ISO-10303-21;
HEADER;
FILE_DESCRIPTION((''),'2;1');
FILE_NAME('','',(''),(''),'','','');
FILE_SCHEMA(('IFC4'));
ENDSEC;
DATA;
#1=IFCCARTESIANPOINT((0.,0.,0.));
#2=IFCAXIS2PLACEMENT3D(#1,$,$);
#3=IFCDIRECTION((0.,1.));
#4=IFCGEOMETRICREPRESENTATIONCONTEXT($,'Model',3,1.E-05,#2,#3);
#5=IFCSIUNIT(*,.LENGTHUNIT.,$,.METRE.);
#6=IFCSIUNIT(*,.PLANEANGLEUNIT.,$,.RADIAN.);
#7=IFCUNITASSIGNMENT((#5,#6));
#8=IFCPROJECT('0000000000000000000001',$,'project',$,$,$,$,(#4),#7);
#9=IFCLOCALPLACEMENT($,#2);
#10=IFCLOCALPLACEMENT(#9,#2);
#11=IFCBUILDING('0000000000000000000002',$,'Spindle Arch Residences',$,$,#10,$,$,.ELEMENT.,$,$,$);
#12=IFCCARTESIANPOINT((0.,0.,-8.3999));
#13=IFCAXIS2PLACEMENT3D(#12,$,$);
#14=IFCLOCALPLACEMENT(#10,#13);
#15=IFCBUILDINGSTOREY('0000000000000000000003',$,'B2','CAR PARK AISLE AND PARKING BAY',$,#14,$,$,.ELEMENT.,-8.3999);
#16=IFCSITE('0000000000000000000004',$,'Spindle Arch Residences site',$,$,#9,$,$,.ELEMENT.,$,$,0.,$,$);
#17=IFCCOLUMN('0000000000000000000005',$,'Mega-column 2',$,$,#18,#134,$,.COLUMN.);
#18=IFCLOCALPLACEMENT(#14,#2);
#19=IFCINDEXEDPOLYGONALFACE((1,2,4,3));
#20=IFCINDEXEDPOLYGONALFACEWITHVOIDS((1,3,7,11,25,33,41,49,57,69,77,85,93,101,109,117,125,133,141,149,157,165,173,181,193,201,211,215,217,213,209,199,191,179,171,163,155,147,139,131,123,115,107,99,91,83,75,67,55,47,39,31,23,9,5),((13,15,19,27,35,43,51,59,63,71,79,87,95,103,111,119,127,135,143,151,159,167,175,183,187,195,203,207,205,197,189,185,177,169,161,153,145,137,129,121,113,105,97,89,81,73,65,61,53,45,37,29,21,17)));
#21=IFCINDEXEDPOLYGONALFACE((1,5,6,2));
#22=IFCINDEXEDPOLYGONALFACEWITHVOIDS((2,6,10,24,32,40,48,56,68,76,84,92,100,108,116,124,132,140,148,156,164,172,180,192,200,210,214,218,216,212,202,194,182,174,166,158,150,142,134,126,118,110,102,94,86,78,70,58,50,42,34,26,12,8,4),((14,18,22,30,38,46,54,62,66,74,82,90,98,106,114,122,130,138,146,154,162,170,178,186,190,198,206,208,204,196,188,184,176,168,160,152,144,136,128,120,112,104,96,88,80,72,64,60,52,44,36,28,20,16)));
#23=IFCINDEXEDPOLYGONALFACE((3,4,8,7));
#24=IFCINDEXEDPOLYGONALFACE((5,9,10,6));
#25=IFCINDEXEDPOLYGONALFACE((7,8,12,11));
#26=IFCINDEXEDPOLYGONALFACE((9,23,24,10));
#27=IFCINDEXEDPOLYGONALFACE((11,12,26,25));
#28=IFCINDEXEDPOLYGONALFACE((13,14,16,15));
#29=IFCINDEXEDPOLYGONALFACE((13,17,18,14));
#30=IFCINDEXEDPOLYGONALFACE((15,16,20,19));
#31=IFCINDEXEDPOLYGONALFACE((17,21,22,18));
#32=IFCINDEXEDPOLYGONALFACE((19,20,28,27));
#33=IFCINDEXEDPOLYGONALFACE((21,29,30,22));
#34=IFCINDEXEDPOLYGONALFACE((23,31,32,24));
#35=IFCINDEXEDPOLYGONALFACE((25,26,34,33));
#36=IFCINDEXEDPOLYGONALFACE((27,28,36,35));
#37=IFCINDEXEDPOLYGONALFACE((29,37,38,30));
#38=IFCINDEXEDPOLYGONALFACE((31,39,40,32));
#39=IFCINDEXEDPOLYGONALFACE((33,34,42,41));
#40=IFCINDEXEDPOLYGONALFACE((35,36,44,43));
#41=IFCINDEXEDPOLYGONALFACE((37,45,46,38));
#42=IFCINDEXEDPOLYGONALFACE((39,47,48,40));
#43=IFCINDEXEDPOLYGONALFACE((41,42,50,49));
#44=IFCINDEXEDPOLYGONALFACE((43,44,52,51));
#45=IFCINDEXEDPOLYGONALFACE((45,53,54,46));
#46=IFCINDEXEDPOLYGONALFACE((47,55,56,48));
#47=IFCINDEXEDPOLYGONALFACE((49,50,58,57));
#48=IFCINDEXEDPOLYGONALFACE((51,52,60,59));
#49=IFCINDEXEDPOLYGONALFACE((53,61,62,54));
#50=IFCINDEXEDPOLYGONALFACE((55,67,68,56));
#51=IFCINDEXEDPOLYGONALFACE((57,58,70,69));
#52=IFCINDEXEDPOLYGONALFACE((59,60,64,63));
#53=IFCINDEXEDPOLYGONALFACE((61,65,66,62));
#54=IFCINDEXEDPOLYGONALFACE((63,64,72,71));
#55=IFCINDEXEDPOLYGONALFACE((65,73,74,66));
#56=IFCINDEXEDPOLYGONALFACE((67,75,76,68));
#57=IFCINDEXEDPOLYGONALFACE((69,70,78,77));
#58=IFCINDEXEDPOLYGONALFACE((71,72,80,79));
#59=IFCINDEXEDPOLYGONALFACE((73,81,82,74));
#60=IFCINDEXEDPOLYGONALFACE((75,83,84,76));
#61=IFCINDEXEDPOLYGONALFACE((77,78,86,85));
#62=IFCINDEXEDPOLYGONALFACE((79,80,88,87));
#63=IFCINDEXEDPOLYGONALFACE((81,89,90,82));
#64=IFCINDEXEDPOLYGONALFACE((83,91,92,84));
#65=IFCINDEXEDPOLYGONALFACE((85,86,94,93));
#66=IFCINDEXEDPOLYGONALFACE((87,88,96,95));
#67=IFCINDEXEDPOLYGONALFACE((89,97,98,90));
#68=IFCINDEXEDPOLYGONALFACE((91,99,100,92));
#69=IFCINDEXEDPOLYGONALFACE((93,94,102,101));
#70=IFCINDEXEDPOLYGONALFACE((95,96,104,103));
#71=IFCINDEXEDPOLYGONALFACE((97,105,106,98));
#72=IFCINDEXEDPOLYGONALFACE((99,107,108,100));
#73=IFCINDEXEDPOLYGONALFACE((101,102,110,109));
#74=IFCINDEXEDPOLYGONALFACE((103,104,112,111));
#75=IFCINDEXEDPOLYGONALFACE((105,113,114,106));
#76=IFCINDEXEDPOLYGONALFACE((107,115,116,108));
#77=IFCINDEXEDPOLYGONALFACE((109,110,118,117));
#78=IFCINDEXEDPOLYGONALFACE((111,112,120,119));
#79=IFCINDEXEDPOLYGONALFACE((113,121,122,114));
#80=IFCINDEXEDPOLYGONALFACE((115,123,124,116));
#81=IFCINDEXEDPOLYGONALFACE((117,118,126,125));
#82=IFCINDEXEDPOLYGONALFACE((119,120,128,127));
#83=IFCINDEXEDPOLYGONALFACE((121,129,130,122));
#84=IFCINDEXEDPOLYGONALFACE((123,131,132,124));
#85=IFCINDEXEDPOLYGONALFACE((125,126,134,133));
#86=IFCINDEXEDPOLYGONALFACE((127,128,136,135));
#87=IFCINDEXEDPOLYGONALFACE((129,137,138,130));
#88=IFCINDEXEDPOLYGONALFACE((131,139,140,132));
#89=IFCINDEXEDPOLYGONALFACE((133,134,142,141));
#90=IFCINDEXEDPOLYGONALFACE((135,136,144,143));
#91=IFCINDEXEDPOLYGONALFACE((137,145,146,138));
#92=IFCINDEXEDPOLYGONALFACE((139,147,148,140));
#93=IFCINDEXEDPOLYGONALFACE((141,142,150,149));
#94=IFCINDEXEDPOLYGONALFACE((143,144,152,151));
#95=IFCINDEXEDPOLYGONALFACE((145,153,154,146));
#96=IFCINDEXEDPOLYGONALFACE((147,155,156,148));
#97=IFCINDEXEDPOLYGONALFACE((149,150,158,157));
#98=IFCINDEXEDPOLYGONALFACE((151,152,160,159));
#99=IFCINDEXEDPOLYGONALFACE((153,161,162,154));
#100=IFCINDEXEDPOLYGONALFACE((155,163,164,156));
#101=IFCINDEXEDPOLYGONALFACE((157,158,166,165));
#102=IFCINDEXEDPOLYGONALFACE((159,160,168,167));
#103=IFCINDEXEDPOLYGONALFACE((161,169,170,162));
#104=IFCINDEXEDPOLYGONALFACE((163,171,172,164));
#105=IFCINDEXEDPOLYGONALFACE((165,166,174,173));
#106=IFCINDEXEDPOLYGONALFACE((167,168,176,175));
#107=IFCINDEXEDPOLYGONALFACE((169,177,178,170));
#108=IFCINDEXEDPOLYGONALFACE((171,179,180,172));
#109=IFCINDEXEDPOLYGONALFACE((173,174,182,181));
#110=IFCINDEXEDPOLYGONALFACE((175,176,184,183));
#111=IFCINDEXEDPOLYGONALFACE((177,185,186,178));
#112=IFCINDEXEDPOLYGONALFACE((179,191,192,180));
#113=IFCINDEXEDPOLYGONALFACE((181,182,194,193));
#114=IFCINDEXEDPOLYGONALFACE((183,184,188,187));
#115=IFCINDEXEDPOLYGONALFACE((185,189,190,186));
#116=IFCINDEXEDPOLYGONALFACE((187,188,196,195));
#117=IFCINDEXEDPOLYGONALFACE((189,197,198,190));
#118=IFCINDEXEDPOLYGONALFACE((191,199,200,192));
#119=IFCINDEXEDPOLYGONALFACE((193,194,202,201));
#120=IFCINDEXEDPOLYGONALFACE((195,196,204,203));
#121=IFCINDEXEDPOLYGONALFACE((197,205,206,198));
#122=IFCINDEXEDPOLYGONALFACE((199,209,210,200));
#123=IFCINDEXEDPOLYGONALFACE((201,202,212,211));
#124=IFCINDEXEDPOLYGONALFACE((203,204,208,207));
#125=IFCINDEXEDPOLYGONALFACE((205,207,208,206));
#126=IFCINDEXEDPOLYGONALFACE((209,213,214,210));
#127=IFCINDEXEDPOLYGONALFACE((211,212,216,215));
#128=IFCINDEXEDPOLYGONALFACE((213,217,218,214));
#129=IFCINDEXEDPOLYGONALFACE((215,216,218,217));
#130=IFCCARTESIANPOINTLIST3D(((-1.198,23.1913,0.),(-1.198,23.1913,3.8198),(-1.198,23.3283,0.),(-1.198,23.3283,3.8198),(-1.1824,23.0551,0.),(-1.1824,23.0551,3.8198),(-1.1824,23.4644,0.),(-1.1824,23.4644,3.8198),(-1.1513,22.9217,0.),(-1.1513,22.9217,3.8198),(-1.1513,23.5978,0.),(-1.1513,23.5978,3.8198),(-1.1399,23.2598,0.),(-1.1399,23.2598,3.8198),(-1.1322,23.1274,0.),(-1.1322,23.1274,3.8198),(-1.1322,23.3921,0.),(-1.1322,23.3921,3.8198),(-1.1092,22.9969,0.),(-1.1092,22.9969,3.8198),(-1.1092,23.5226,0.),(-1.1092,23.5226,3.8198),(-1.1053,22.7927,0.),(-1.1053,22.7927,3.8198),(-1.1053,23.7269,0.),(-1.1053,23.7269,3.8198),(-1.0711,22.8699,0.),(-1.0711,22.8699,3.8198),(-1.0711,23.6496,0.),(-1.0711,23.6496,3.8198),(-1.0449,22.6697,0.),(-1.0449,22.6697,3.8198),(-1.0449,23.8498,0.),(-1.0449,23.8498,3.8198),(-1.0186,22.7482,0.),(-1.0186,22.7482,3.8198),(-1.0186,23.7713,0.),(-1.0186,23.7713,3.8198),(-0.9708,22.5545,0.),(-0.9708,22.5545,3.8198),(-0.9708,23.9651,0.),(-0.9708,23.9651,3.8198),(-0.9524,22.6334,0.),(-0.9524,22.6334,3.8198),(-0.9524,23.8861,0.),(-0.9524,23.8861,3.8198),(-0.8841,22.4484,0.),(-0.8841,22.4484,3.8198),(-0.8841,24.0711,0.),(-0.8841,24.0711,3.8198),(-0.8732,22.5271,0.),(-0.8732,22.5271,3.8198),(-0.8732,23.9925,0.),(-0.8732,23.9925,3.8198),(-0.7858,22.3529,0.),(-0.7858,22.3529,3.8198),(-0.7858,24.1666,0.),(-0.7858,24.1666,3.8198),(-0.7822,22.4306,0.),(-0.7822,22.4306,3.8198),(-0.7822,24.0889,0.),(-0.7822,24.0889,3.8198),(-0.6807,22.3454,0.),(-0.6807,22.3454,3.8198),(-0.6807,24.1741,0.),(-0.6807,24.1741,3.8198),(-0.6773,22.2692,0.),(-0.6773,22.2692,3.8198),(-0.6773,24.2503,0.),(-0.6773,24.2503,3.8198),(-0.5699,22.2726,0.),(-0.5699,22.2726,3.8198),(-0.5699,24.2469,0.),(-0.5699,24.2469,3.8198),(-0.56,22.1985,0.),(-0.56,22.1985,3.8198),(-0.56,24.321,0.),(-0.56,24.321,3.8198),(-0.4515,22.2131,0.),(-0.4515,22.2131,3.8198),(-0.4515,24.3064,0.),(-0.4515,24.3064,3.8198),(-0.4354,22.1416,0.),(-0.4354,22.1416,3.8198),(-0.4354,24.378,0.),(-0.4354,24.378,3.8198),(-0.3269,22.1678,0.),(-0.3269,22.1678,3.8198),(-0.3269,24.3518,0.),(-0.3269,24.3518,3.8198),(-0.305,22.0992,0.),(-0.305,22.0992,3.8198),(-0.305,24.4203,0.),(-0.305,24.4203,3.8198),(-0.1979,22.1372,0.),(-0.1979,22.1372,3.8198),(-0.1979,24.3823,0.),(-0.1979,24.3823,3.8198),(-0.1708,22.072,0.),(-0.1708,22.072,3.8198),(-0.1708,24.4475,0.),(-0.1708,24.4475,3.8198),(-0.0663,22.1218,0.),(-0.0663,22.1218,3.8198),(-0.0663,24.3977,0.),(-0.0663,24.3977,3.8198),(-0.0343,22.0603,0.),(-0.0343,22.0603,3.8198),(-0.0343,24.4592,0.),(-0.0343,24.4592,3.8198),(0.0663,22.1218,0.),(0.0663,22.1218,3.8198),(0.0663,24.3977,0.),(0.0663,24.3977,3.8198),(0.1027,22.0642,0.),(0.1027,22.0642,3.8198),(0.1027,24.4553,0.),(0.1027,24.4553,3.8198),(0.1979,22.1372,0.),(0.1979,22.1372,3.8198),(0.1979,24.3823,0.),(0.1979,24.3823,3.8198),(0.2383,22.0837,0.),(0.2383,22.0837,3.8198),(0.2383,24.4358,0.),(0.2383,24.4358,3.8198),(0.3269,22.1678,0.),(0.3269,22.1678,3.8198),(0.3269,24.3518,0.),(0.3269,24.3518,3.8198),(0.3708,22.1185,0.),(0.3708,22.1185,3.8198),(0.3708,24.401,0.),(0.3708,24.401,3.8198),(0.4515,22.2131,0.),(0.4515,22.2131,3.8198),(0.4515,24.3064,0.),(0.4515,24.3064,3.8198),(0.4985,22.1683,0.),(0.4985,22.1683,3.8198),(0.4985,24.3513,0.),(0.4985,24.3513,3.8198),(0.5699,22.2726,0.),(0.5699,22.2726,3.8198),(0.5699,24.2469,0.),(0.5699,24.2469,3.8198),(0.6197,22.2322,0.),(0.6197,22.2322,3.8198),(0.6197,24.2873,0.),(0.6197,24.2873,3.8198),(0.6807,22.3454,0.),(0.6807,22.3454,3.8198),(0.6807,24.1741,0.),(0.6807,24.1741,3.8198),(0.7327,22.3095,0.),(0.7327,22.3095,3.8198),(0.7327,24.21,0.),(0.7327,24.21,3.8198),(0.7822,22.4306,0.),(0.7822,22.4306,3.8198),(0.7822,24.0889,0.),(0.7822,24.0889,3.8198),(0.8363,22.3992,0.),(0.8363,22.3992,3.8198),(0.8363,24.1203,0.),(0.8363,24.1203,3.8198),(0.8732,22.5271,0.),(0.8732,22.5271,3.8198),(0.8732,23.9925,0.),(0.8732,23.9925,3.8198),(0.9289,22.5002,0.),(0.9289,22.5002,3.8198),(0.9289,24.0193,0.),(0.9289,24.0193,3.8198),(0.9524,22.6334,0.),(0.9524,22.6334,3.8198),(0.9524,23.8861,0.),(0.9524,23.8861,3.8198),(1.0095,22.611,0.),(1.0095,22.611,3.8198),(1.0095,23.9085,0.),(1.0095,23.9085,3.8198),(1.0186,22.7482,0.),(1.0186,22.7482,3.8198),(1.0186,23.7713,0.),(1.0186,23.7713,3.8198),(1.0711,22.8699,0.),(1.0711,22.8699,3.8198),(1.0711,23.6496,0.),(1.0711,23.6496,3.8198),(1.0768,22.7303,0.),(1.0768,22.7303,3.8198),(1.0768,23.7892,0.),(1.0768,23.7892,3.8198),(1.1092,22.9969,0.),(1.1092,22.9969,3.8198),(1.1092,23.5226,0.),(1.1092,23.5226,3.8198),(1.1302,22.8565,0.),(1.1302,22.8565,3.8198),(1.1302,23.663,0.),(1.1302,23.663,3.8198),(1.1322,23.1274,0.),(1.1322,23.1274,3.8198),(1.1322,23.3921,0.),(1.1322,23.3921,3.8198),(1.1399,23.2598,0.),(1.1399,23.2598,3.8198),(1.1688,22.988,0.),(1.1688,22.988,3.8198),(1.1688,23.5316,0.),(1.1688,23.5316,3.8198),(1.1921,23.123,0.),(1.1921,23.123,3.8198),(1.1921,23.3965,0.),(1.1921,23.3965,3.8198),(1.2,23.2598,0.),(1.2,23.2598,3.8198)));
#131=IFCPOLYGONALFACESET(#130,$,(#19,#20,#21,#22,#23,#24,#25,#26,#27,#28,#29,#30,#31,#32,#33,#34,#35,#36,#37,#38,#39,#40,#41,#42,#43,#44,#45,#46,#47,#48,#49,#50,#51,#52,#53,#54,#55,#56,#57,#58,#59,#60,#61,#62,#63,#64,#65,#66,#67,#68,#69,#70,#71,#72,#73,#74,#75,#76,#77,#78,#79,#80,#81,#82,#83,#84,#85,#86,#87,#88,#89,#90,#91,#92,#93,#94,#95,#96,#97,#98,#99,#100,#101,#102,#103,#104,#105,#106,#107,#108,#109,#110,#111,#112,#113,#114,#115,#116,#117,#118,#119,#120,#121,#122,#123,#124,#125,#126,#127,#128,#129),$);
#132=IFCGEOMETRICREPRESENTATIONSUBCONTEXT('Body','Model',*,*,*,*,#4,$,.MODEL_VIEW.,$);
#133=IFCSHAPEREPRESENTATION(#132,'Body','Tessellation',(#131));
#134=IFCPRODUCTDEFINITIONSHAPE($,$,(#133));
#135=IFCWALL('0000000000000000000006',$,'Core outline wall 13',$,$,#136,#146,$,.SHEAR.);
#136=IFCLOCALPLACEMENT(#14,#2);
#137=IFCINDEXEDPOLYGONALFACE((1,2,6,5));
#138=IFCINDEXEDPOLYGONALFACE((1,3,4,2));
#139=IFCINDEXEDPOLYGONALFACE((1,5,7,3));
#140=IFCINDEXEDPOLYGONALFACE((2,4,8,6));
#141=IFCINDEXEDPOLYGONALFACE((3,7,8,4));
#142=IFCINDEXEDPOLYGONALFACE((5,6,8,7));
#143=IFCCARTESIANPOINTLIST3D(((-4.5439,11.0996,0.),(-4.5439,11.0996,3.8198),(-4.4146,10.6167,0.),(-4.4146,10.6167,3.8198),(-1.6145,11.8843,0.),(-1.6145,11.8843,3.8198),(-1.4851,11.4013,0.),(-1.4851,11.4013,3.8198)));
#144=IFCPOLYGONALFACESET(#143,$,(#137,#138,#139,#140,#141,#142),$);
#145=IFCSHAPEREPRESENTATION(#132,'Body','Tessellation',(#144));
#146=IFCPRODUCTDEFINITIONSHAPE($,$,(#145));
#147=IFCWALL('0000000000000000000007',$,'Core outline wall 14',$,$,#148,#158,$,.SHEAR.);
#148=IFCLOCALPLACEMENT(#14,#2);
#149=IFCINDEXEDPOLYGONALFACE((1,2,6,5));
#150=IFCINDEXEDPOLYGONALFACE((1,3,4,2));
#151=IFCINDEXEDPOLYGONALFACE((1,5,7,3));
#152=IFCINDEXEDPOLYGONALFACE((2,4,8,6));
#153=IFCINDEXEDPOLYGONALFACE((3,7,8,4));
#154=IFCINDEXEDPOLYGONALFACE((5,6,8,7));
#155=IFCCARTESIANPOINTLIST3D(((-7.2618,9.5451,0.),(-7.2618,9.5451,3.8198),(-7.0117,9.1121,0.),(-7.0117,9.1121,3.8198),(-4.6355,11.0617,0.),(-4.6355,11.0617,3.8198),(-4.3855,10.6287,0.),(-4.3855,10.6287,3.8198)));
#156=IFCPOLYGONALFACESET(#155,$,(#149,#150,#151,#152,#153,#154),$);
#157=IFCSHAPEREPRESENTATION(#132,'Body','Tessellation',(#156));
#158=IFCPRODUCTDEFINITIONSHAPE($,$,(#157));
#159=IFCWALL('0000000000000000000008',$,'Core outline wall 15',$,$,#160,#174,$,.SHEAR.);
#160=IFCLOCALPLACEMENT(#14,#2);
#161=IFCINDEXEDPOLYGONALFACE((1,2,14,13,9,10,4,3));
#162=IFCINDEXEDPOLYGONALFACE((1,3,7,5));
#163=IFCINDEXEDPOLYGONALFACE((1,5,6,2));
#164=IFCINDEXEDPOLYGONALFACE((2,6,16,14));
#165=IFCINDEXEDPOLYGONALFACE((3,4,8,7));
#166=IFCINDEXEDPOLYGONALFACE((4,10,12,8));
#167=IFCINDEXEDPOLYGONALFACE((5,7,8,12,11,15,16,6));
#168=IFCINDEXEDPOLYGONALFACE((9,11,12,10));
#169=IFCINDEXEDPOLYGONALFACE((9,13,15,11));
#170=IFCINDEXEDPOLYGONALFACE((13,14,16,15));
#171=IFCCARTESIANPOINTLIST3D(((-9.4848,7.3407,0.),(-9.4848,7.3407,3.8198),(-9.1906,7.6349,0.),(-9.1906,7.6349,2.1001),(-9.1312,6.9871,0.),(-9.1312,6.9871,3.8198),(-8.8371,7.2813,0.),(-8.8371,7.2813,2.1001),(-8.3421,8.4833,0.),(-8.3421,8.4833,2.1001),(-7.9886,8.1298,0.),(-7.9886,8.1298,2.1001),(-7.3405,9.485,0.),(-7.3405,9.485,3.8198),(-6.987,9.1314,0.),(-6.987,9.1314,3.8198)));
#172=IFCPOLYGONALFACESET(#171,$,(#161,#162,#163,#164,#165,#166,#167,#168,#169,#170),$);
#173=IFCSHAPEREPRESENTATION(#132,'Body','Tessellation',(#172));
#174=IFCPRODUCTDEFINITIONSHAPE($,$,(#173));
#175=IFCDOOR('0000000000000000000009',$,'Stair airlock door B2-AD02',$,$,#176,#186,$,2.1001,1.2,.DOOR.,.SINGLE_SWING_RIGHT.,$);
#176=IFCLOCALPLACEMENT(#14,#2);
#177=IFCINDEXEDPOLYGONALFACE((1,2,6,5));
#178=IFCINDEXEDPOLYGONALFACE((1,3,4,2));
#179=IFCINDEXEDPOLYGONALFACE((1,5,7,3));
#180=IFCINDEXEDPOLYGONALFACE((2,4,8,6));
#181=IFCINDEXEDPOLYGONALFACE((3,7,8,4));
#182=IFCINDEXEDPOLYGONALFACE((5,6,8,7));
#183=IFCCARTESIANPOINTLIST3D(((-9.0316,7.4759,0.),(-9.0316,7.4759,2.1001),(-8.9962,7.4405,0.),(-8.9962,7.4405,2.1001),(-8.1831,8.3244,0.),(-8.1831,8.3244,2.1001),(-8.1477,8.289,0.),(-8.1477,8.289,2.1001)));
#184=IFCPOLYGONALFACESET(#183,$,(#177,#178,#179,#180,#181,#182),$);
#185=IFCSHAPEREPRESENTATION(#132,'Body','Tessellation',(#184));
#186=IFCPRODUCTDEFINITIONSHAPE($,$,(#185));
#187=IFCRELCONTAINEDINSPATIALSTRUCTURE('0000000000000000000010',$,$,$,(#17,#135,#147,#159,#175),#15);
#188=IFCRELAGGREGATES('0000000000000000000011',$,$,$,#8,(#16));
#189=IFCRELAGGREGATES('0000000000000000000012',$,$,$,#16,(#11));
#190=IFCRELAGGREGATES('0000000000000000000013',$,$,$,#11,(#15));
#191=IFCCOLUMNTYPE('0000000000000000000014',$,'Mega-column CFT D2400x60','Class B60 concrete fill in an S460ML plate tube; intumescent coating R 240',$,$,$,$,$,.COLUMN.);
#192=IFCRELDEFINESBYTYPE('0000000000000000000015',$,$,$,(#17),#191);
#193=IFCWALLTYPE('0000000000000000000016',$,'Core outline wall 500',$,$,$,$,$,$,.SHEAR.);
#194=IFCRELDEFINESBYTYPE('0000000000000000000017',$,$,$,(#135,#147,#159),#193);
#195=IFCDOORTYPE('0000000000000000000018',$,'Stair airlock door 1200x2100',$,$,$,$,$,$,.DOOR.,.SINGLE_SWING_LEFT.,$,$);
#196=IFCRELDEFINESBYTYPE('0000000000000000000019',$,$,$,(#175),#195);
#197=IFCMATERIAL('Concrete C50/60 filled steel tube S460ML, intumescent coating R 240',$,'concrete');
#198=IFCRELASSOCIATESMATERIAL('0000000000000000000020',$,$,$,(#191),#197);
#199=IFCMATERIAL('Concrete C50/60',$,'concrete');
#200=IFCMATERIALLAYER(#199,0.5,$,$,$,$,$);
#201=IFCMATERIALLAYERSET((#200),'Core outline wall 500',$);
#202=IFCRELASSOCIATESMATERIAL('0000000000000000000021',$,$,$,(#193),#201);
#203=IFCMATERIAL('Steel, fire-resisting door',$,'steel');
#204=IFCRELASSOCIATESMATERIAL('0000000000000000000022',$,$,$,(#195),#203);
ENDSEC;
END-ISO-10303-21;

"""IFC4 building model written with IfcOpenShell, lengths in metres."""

from ifc_helpers import new_model, si_unit, direction, frame, frame_2d, origin, origin_2d, place, context, subcontext, project, spatial, rectangle, hollow_circle, extrude, material, layer, layer_set, material_profile, profile_set, type_object, element, fill, save


model = new_model("IFC4")

# Units and contexts
model_context = context("Model", 3, precision=1e-05, world=origin(), true_north=direction((0.0, 1.0)))
body_context = subcontext(model_context, "Body", "Model", "MODEL_VIEW")
ifc_project = project(units=[si_unit("LENGTHUNIT", "METRE"), si_unit("PLANEANGLEUNIT", "RADIAN")], contexts=[model_context])

# Site, building, storey
site_placement = place(None, origin())
site = spatial("IfcSite", under=ifc_project, at=site_placement, Name="Spindle Arch Residences site", CompositionType="ELEMENT", RefElevation=0.0)
building_placement = place(site_placement, origin())
building = spatial("IfcBuilding", under=site, at=building_placement, Name="Spindle Arch Residences", CompositionType="ELEMENT")
storey_placement = place(building_placement, frame((0.0, 0.0, -8.3999)))
storey = spatial("IfcBuildingStorey", under=building, at=storey_placement, Name="B2", Description="CAR PARK AISLE AND PARKING BAY", CompositionType="ELEMENT", Elevation=-8.3999)

# Column
ifc_material_1 = material(Name="Concrete C50/60 filled steel tube S460ML, intumescent coating R 240", Category="concrete")
ifc_material_profile_1 = material_profile(ifc_material_1, hollow_circle(Radius=1.2, WallThickness=0.0601, at=origin_2d()), Name="CFT D2400x60")
ifc_profile_set_1 = profile_set([ifc_material_profile_1], Name="Concrete C50/60 filled steel tube S460ML, intumescent coating R 240")
column_type_1 = type_object("IfcColumnType", Name="Mega-column CFT D2400x60", Description="Class B60 concrete fill in an S460ML plate tube; intumescent coating R 240", PredefinedType="COLUMN", material=ifc_profile_set_1)
column_1_placement = place(storey_placement, frame((0.0, 23.2598, 0.0), z_axis=(0.0, 0.0, 1.0), x_axis=(1.0, 0.0, 0.0)))
element("IfcColumn", 1, at=column_1_placement, inside=storey, type_object=column_type_1, Name="Mega-column 2", PredefinedType="COLUMN", context=body_context, shape_type="SweptSolid", body=[
    extrude(hollow_circle(Radius=1.2, WallThickness=0.0601, at=origin_2d()), origin(), (0.0, 0.0, 1.0), 3.8198),
])

# Walls
ifc_material_2 = material(Name="Concrete C50/60", Category="concrete")
ifc_layer_1 = layer(ifc_material_2, 0.5)
ifc_layer_set_1 = layer_set([ifc_layer_1], Name="Core outline wall 500")
wall_type_1 = type_object("IfcWallType", Name="Core outline wall 500", PredefinedType="SHEAR", material=ifc_layer_set_1)
for number, where, z_axis, x_axis, name in (
    (2, (-1.5498, 11.6428, 0.0), (0.0, 0.0, 1.0), (-0.965948, -0.258735, 0.0), "Core outline wall 13"),
    (3, (-4.5105, 10.8452, 0.0), (0.0, 0.0, 1.0), (-0.865975, -0.500087, 0.0), "Core outline wall 14"),
):
    element("IfcWall", number, at=place(storey_placement, frame(where, z_axis=z_axis, x_axis=x_axis)), inside=storey, type_object=wall_type_1, Name=name, PredefinedType="SHEAR", context=body_context, shape_type="SweptSolid", body=[
        extrude(rectangle(XDim=3.0327, YDim=0.5, at=frame_2d((1.5164, 0.0))), origin(), (0.0, 0.0, 1.0), 3.8198),
    ])

# Wall, opening, door
wall_1_placement = place(storey_placement, frame((-7.1638, 9.3081, 0.0), z_axis=(0.0, 0.0, 1.0), x_axis=(-0.707107, -0.707107, 0.0)))
wall_1 = element("IfcWall", 4, at=wall_1_placement, inside=storey, type_object=wall_type_1, Name="Core outline wall 15", PredefinedType="SHEAR", context=body_context, shape_type="SweptSolid", body=[
    extrude(rectangle(XDim=3.0325, YDim=0.5, at=frame_2d((1.5161, 0.0))), origin(), (0.0, 0.0, 1.0), 3.8198),
])
opening_1_placement = place(wall_1_placement, frame((1.4163, 0.0, 0.0)))
opening_1 = element("IfcOpeningElement", 5, at=opening_1_placement, cuts=wall_1, PredefinedType="OPENING", context=body_context, shape_type="SweptSolid", body=[
    extrude(rectangle(XDim=1.2, YDim=2.1001, at=frame_2d((0.6001, 1.05))), frame((0.0, 0.26, 0.0), z_axis=(0.0, -1.0, 0.0), x_axis=(1.0, 0.0, 0.0)), (0.0, 0.0, 1.0), 0.52),
])
ifc_material_3 = material(Name="Steel, fire-resisting door", Category="steel")
door_type_1 = type_object("IfcDoorType", Name="Stair airlock door 1200x2100", OperationType="SINGLE_SWING_LEFT", PredefinedType="DOOR", material=ifc_material_3)
door_1_placement = place(opening_1_placement, origin())
door_1 = element("IfcDoor", 6, at=door_1_placement, inside=storey, type_object=door_type_1, Name="Stair airlock door B2-AD02", OperationType="SINGLE_SWING_RIGHT", OverallHeight=2.1001, OverallWidth=1.2, PredefinedType="DOOR", context=body_context, shape_type="SweptSolid", body=[
    extrude(rectangle(XDim=1.2, YDim=2.1001, at=frame_2d((0.6001, 1.05))), frame((0.0, 0.0249, 0.0), z_axis=(0.0, -1.0, 0.0), x_axis=(1.0, 0.0, 0.0)), (0.0, 0.0, 1.0), 0.05),
])
fill(opening_1, door_1)

save(model, "model.ifc")
